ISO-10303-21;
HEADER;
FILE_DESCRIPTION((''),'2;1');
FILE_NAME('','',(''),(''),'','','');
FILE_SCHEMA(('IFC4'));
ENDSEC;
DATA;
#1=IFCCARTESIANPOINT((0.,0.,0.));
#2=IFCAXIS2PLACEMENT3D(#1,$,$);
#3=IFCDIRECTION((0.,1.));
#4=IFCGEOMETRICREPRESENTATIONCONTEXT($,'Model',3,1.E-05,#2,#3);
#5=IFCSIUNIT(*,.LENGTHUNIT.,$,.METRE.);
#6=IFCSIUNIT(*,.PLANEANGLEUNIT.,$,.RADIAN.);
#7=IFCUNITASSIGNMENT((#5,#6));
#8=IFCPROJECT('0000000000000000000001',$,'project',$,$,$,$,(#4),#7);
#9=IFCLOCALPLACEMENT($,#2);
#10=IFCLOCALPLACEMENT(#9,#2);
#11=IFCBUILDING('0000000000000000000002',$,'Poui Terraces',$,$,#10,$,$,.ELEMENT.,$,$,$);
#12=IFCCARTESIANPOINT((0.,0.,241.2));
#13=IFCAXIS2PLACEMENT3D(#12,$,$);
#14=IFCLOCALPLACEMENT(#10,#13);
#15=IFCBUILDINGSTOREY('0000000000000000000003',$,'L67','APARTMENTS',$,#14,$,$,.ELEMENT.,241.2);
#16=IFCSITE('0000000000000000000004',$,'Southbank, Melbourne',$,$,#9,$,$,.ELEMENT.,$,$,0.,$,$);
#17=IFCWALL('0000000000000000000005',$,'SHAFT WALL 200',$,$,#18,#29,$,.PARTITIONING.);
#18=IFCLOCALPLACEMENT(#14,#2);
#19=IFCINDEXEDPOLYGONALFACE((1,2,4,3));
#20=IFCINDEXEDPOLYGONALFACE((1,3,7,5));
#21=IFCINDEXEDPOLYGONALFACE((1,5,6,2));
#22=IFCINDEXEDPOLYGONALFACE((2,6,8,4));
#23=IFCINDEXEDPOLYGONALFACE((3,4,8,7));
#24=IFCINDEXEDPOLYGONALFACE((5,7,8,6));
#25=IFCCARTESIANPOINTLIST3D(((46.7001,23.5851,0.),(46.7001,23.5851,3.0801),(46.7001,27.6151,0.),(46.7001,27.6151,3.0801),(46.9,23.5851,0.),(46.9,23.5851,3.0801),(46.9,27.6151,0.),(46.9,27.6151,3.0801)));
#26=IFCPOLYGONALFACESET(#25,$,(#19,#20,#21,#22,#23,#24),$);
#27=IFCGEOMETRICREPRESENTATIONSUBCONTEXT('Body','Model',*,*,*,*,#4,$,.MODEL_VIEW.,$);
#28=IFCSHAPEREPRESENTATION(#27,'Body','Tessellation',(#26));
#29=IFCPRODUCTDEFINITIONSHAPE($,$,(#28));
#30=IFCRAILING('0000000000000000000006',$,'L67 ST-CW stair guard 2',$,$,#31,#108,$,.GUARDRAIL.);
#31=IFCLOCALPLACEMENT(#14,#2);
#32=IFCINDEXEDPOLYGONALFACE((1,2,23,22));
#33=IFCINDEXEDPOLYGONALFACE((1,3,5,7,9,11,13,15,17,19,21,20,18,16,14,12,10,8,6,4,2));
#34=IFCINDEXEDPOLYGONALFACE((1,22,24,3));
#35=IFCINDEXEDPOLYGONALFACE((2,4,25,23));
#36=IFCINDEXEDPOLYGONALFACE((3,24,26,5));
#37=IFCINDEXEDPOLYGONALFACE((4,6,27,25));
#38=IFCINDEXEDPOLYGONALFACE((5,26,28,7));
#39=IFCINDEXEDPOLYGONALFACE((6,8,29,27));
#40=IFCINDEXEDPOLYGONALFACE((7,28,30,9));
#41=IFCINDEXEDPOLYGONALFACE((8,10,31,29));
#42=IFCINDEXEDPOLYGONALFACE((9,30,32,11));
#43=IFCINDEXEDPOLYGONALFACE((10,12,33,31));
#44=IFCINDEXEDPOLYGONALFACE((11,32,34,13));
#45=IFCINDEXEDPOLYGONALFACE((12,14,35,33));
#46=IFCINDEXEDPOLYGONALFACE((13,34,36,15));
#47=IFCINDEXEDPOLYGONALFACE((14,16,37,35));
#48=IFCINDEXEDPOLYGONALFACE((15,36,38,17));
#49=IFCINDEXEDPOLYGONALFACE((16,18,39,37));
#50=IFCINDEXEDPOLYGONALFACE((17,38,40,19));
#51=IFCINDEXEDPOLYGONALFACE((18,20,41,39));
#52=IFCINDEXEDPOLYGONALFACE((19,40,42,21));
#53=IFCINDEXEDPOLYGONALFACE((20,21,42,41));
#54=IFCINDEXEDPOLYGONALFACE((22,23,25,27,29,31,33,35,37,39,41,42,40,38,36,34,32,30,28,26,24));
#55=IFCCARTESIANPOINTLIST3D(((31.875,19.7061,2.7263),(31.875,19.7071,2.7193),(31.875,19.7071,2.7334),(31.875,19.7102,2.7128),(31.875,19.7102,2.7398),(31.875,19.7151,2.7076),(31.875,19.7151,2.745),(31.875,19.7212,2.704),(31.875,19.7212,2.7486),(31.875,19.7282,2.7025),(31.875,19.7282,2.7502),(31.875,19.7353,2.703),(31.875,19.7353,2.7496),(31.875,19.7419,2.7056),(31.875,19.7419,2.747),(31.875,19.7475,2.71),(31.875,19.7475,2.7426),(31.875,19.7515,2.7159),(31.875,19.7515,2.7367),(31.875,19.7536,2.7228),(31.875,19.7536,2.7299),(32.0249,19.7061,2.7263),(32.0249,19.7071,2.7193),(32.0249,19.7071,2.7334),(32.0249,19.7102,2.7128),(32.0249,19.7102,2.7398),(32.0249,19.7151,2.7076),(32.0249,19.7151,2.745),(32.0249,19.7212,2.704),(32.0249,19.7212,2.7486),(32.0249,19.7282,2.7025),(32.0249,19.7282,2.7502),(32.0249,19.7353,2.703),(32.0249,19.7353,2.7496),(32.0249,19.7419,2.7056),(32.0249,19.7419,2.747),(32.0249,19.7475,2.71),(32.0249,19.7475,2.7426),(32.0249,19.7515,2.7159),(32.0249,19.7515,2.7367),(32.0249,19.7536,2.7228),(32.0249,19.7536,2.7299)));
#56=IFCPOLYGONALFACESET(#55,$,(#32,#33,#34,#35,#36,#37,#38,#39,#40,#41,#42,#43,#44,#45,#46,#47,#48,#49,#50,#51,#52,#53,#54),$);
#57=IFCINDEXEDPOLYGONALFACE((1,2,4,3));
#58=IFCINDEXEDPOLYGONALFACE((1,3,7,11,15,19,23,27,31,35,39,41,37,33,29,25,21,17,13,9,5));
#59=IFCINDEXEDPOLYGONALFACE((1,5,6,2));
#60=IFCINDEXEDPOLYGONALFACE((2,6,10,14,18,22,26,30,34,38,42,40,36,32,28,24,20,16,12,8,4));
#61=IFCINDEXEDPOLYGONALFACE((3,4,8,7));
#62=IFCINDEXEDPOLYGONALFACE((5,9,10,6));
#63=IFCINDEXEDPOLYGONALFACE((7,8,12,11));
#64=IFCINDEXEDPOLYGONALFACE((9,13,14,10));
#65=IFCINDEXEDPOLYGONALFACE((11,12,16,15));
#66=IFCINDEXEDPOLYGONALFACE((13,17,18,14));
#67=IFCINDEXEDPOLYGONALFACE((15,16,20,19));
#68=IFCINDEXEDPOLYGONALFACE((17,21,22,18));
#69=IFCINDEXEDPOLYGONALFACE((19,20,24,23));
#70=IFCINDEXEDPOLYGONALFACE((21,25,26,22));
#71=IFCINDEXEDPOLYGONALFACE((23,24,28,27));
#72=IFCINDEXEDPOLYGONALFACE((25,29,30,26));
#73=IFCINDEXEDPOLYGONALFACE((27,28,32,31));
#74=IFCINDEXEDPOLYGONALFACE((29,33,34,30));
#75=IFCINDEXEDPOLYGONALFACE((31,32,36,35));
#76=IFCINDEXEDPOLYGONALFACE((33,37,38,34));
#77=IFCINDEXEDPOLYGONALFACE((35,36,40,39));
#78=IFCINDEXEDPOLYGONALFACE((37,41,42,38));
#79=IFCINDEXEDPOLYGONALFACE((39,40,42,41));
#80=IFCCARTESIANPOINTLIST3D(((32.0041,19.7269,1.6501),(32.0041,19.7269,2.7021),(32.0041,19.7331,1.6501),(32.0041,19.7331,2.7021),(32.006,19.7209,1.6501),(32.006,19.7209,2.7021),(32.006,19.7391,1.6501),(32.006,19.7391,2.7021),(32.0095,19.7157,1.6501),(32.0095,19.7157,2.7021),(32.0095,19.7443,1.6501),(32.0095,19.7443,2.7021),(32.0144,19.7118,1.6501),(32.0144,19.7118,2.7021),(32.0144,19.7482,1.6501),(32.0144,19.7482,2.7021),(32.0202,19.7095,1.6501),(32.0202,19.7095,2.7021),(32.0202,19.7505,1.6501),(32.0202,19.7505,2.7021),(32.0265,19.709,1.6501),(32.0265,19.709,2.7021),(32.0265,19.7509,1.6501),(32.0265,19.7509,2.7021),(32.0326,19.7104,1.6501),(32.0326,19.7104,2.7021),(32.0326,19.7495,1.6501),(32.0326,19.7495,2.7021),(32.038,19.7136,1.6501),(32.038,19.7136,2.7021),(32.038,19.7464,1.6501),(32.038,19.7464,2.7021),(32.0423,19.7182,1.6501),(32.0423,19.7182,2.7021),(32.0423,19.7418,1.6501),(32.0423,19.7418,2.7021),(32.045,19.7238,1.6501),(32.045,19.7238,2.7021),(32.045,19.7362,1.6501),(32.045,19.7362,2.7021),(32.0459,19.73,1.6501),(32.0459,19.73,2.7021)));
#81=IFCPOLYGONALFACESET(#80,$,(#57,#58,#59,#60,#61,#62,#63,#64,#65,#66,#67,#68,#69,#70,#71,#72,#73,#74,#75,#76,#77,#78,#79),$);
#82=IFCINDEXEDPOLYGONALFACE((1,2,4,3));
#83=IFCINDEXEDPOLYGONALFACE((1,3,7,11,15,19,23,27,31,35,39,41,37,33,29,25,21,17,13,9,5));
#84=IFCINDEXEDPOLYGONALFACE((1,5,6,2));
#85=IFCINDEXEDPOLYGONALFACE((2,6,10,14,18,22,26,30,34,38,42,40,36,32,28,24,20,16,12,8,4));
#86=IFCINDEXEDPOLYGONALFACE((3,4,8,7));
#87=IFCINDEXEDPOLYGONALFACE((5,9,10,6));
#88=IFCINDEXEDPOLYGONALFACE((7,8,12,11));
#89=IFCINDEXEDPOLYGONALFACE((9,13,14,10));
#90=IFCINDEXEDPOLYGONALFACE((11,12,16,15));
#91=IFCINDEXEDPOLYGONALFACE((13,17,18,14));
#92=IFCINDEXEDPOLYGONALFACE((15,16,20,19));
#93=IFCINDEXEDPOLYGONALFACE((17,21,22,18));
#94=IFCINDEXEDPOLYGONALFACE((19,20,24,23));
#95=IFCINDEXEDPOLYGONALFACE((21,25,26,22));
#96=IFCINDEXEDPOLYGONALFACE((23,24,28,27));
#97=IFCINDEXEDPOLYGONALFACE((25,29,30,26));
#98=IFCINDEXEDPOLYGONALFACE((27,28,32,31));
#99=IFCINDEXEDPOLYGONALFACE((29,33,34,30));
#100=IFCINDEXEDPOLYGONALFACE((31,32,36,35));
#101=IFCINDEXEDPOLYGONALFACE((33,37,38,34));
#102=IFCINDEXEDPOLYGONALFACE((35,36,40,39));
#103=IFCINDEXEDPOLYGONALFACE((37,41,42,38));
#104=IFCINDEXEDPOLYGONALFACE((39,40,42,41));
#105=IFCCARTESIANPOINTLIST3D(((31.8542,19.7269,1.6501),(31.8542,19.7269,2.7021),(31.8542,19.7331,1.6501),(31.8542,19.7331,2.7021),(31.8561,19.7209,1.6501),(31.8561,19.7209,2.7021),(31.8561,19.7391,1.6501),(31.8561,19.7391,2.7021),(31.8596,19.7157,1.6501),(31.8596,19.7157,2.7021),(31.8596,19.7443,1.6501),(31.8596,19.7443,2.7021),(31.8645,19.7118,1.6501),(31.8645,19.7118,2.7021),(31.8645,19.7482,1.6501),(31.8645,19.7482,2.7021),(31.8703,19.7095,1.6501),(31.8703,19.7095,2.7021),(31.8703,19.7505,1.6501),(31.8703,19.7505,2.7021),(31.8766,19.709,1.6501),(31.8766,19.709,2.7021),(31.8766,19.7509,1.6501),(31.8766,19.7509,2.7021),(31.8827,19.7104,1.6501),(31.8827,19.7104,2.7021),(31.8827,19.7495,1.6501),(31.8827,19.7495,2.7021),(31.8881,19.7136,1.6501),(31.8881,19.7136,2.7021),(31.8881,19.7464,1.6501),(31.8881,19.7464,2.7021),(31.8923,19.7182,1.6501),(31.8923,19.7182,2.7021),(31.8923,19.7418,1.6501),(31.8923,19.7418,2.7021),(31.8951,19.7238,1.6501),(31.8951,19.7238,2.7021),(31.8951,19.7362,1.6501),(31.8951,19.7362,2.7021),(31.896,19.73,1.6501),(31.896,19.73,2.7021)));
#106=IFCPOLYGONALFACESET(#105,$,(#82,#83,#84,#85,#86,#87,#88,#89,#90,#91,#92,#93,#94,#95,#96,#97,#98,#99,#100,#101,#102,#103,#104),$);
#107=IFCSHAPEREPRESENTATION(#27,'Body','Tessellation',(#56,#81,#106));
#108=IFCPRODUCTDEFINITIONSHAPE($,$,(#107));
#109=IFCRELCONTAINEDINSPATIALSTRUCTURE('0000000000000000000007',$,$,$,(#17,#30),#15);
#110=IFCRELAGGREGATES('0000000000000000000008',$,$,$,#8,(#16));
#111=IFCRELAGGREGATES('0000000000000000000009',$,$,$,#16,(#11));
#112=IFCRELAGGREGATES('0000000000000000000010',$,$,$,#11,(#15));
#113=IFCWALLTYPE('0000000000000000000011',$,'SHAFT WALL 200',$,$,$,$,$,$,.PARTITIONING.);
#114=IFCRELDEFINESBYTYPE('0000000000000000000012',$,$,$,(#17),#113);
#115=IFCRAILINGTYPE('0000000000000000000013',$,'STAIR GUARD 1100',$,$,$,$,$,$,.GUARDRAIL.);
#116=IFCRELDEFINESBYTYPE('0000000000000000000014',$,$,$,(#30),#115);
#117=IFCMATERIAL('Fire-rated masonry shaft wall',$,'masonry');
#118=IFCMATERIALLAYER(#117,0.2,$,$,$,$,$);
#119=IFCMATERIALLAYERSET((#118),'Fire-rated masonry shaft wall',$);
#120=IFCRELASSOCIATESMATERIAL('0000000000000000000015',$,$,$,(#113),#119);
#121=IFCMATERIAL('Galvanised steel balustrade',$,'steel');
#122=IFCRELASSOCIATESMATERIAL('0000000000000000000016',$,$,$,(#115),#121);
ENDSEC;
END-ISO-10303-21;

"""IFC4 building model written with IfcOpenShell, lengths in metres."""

from ifc_helpers import new_model, si_unit, direction, frame, frame_2d, origin, origin_2d, place, context, subcontext, project, spatial, rectangle, circle, extrude, material, layer, layer_set, type_object, element, save


model = new_model("IFC4")

# Units and contexts
model_context = context("Model", 3, precision=1e-05, world=origin(), true_north=direction((0.0, 1.0)))
body_context = subcontext(model_context, "Body", "Model", "MODEL_VIEW")
ifc_project = project(units=[si_unit("LENGTHUNIT", "METRE"), si_unit("PLANEANGLEUNIT", "RADIAN")], contexts=[model_context])

# Site, building, storey
site_placement = place(None, origin())
site = spatial("IfcSite", under=ifc_project, at=site_placement, Name="Southbank, Melbourne", CompositionType="ELEMENT", RefElevation=0.0)
building_placement = place(site_placement, origin())
building = spatial("IfcBuilding", under=site, at=building_placement, Name="Poui Terraces", CompositionType="ELEMENT")
storey_placement = place(building_placement, frame((0.0, 0.0, 241.2)))
storey = spatial("IfcBuildingStorey", under=building, at=storey_placement, Name="L67", Description="APARTMENTS", CompositionType="ELEMENT", Elevation=241.2)

# Wall
ifc_material_1 = material(Name="Fire-rated masonry shaft wall", Category="masonry")
ifc_layer_1 = layer(ifc_material_1, 0.2)
ifc_layer_set_1 = layer_set([ifc_layer_1], Name="Fire-rated masonry shaft wall")
wall_type_1 = type_object("IfcWallType", Name="SHAFT WALL 200", PredefinedType="PARTITIONING", material=ifc_layer_set_1)
for number, where, z_axis, x_axis, name in (
    (1, (46.8, 23.585, 0.0), (0.0, 0.0, 1.0), (0.0, 1.0, 0.0), "SHAFT WALL 200"),
):
    element("IfcWall", number, at=place(storey_placement, frame(where, z_axis=z_axis, x_axis=x_axis)), inside=storey, type_object=wall_type_1, Name=name, PredefinedType="PARTITIONING", context=body_context, shape_type="SweptSolid", body=[
        extrude(rectangle(XDim=4.03, YDim=0.2, at=frame_2d((2.0151, 0.0))), origin(), (0.0, 0.0, 1.0), 3.0801),
    ])

# Railing
ifc_material_2 = material(Name="Galvanised steel balustrade", Category="steel")
railing_type = type_object("IfcRailingType", Name="STAIR GUARD 1100", PredefinedType="GUARDRAIL", material=ifc_material_2)
railing_1_placement = place(storey_placement, frame((32.0249, 19.73, 1.6501)))
element("IfcRailing", 2, at=railing_1_placement, inside=storey, type_object=railing_type, Name="L67 ST-CW stair guard 2", PredefinedType="GUARDRAIL", context=body_context, shape_type="SweptSolid", body=[
    extrude(circle(Radius=0.0239, at=origin_2d()), frame((0.0, 0.0, 1.0762), z_axis=(-1.0, 0.0, 0.0), x_axis=(0.0, -1.0, 0.0)), (0.0, 0.0, 1.0), 0.1499),
    extrude(circle(Radius=0.021, at=origin_2d()), origin(), (0.0, 0.0, 1.0), 1.052),
    extrude(circle(Radius=0.021, at=origin_2d()), frame((-0.1499, 0.0, 0.0)), (0.0, 0.0, 1.0), 1.052),
])

save(model, "model.ifc")
